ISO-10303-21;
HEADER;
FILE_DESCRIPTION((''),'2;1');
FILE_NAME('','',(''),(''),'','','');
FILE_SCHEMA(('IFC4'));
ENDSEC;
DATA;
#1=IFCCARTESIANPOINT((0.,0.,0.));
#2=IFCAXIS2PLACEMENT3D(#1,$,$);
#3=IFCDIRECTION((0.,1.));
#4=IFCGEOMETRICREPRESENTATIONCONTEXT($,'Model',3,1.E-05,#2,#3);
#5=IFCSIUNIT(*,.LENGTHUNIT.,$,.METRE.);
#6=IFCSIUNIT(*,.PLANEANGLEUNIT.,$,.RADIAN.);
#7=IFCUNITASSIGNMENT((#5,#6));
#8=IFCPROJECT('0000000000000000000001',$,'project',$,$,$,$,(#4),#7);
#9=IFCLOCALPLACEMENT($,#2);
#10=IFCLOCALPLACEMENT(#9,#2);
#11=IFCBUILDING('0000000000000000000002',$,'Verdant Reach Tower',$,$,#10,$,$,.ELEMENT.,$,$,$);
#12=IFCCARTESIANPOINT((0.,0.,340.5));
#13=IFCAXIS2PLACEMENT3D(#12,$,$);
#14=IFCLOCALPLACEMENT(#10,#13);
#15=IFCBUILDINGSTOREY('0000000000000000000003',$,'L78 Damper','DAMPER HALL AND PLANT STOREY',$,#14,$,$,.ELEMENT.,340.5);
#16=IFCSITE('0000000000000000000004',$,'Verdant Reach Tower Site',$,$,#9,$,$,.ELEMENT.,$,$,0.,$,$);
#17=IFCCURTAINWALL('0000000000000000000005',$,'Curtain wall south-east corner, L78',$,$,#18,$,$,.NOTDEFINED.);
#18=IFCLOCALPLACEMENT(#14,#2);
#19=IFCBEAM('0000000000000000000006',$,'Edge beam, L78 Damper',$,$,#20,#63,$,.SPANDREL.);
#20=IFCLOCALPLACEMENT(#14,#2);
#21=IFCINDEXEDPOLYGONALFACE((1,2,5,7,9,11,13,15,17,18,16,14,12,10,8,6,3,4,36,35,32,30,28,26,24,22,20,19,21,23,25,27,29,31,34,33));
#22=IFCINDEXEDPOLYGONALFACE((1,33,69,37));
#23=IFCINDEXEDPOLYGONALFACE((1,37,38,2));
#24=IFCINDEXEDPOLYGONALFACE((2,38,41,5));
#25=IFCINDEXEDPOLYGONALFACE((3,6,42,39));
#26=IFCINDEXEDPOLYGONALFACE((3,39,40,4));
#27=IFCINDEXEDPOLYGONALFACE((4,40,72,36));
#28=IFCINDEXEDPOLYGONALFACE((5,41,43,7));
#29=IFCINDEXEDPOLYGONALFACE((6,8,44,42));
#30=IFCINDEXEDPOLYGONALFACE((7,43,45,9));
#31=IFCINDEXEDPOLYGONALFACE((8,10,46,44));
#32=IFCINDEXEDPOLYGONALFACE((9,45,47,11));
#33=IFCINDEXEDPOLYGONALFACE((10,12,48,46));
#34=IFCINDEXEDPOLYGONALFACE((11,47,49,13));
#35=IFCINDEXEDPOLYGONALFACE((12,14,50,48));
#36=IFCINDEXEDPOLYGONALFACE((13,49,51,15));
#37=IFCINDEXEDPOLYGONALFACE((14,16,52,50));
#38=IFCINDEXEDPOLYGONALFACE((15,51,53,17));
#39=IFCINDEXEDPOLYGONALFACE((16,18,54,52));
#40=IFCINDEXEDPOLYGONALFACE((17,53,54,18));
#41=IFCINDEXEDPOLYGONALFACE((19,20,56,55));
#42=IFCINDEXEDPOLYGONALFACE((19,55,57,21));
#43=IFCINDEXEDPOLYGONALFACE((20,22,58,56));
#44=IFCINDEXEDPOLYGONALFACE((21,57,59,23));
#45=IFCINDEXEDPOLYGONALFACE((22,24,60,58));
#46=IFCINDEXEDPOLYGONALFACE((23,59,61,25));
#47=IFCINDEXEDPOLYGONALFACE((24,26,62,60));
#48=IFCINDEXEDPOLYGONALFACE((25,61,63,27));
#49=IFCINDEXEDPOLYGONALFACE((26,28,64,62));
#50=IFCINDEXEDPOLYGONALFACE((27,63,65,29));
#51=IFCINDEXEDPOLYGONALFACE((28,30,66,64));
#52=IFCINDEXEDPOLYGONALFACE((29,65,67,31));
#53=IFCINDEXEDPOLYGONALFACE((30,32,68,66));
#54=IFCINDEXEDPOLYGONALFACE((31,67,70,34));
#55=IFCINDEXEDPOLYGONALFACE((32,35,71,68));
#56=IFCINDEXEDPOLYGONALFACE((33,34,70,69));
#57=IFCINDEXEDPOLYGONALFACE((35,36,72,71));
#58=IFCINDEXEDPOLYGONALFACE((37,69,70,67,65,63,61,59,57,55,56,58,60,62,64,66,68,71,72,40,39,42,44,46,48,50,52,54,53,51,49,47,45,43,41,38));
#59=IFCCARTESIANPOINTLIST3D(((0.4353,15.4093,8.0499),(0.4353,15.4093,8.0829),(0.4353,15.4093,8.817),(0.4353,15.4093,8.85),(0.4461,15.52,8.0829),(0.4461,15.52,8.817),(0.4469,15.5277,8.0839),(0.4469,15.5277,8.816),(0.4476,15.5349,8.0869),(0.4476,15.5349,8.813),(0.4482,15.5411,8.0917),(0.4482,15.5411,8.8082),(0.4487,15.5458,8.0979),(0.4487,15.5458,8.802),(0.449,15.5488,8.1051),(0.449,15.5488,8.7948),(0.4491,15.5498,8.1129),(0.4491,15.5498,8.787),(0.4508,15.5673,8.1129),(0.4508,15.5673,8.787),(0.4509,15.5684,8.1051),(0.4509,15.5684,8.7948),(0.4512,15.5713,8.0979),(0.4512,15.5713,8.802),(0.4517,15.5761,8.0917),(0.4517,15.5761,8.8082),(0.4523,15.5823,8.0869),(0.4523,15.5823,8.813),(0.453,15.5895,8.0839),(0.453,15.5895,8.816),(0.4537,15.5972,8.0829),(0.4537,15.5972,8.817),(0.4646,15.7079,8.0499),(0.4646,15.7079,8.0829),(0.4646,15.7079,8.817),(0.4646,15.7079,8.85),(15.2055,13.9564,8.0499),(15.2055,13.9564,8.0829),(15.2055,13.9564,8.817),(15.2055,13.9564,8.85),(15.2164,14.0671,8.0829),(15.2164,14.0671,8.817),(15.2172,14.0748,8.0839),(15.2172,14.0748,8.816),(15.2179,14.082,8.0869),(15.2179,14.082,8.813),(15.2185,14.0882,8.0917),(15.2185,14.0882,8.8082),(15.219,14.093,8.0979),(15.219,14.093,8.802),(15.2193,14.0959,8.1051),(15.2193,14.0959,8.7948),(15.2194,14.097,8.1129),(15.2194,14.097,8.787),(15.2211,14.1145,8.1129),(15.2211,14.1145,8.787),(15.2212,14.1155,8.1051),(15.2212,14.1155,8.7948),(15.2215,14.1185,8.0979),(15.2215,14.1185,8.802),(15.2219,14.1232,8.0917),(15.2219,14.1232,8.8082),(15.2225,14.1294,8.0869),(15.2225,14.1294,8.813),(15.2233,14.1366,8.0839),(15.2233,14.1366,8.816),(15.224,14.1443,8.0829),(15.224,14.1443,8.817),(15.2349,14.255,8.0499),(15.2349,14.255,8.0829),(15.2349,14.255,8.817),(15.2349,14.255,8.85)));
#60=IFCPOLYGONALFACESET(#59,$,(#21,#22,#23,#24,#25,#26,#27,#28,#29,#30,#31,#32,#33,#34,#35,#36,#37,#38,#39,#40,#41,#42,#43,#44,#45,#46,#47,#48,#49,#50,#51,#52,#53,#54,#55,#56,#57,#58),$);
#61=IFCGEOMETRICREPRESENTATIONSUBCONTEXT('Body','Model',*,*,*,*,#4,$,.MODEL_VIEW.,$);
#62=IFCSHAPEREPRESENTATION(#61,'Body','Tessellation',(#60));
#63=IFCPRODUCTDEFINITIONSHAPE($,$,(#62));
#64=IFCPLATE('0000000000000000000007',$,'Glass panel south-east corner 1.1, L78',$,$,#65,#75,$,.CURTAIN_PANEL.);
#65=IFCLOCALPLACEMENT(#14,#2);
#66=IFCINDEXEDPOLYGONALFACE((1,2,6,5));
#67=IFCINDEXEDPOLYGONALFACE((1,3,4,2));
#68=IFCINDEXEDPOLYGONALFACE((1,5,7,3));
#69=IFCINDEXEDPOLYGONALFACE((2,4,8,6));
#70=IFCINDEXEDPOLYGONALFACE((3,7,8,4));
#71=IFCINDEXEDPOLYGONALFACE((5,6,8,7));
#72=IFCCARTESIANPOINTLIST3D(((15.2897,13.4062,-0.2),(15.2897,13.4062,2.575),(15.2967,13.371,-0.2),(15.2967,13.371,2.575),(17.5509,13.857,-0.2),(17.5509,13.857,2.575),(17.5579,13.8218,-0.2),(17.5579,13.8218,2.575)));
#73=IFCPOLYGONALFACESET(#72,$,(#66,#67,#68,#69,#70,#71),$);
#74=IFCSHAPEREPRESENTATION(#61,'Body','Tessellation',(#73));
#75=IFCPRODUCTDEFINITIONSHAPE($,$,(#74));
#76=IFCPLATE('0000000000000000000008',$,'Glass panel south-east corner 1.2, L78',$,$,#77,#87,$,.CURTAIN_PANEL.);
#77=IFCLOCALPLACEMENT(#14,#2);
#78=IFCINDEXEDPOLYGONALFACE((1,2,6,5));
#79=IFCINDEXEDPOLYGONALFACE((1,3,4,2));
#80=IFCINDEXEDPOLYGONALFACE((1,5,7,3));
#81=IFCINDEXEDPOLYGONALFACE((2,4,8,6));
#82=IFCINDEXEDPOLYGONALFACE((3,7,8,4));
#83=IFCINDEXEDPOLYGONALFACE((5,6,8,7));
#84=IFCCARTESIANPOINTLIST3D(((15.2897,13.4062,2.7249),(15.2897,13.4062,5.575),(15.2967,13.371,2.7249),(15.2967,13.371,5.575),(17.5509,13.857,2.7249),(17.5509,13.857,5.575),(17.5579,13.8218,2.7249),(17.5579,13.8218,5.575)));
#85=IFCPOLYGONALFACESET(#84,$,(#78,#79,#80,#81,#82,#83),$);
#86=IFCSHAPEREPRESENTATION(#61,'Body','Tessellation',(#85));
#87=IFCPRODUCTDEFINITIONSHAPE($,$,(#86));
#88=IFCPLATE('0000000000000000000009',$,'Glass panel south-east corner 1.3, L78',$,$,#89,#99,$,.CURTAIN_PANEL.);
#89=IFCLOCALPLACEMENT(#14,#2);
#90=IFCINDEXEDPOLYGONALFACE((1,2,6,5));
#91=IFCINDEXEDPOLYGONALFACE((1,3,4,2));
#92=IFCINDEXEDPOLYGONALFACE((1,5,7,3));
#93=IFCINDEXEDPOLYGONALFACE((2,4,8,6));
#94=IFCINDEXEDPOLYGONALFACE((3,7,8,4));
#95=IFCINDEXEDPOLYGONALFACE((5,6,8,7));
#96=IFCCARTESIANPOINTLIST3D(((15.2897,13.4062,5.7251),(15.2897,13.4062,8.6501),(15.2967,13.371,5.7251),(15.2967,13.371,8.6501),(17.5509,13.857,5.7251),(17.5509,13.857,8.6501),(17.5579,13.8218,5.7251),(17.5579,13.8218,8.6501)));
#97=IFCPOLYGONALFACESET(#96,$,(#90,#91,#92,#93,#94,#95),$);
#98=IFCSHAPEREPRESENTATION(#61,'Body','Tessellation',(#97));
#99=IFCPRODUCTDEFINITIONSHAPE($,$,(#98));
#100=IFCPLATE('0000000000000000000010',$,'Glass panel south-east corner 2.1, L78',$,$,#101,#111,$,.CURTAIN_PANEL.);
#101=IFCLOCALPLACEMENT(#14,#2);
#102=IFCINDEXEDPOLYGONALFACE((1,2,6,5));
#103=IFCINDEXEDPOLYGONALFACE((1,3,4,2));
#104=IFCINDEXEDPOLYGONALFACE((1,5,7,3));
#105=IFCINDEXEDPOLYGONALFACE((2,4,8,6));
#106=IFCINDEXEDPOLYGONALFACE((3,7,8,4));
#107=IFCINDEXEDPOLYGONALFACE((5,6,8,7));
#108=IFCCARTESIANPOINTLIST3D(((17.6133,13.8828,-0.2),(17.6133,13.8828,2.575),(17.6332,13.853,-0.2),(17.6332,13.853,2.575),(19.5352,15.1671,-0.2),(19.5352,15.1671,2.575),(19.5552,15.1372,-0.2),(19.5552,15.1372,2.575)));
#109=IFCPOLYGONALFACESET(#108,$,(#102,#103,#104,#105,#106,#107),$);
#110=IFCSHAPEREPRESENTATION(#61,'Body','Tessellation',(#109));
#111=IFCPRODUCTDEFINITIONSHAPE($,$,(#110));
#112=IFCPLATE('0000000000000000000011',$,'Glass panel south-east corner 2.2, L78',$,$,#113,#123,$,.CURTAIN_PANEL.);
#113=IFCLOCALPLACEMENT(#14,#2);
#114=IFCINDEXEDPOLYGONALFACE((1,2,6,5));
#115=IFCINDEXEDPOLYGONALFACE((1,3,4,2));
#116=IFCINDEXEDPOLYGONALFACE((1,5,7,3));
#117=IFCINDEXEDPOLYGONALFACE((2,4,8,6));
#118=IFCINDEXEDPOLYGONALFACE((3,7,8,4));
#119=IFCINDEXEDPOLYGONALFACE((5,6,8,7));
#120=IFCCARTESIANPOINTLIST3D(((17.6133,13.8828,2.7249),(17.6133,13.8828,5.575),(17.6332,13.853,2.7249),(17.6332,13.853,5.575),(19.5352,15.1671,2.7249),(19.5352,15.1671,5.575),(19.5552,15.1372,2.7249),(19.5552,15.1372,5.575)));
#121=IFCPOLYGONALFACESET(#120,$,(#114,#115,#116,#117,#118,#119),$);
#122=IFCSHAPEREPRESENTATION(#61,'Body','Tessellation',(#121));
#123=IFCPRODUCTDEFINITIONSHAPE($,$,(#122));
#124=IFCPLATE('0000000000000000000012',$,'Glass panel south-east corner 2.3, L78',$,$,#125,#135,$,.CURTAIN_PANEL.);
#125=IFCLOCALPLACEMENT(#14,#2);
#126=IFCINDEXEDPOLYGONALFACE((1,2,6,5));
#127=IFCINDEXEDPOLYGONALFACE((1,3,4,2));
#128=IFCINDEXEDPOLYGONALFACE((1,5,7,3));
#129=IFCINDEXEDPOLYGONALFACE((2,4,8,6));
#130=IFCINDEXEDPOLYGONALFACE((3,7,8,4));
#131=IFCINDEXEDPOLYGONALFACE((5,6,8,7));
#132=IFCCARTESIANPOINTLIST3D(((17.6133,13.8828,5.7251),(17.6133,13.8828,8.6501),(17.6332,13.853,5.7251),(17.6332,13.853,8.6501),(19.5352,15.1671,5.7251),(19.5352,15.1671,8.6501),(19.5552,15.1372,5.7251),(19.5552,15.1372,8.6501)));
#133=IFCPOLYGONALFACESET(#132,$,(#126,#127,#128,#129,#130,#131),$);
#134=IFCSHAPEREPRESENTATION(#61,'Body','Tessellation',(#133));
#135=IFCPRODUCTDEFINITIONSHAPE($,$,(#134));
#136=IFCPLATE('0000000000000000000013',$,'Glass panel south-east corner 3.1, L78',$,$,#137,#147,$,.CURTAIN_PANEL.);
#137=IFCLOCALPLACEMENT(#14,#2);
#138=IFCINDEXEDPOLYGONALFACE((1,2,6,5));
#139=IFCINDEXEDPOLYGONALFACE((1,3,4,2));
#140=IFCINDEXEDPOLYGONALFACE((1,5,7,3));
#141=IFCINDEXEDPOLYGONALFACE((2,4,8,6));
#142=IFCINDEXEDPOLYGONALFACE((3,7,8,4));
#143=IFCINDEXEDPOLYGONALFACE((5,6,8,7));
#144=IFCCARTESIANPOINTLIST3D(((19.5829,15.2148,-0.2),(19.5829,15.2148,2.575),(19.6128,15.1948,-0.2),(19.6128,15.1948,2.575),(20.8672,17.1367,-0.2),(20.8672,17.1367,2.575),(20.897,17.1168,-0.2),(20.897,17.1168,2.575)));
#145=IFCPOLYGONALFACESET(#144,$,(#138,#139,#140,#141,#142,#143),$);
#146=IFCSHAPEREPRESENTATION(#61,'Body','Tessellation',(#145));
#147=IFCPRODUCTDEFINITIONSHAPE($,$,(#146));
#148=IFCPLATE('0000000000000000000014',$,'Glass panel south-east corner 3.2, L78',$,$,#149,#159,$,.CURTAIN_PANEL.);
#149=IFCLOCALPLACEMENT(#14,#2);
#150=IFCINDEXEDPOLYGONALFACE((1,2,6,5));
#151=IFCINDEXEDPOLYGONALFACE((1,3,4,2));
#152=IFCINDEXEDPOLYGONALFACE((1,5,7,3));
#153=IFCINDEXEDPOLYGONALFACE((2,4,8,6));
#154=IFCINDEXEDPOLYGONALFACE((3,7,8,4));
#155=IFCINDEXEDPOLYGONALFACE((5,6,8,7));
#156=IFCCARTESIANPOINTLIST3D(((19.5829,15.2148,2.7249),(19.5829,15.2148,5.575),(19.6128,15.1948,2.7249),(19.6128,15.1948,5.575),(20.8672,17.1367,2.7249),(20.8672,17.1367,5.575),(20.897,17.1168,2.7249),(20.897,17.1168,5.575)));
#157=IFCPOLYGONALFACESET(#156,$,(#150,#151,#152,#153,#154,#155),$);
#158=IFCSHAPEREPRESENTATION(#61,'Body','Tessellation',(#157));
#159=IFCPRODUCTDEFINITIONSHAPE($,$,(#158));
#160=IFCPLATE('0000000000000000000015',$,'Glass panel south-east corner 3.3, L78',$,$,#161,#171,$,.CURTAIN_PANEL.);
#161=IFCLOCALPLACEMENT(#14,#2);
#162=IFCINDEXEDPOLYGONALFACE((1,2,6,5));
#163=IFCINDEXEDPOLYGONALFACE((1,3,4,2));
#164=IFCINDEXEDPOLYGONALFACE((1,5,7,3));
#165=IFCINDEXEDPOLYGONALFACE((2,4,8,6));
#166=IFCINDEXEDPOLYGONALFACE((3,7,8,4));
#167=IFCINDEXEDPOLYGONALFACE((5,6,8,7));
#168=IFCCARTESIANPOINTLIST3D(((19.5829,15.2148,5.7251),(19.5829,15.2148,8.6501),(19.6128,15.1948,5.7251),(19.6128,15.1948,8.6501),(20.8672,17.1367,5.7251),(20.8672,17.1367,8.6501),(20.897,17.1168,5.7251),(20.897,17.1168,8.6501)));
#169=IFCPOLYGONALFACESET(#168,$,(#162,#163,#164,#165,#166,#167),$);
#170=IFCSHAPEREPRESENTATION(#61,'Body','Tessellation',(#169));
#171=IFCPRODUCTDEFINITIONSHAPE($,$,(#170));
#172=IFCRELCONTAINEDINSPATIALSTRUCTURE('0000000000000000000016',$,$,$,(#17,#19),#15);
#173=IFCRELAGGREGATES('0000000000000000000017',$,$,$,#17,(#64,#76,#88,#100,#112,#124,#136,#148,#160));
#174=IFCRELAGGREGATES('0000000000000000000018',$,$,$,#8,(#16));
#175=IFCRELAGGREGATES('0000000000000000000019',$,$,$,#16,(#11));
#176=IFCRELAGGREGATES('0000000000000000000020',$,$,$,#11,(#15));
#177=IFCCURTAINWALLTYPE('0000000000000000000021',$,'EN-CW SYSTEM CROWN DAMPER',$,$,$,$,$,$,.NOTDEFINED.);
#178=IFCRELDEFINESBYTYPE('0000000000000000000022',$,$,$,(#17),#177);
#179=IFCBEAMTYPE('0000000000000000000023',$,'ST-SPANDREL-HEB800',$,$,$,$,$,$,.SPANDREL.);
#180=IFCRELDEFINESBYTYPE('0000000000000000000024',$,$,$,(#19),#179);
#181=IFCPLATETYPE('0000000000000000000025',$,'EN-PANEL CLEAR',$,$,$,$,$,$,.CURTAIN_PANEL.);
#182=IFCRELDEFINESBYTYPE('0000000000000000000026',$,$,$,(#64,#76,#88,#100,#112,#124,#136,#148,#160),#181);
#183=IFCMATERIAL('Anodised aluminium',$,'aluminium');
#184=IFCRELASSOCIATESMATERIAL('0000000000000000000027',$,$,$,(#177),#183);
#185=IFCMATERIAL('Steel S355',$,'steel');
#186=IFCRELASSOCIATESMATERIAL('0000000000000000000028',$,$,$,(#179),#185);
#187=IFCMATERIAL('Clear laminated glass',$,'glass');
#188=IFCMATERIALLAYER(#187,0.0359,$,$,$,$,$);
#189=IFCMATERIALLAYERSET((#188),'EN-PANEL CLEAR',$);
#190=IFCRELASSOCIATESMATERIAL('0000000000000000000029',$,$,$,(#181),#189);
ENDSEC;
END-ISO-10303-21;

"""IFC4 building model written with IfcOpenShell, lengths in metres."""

from ifc_helpers import new_model, si_unit, direction, frame, origin, origin_2d, place, context, subcontext, project, spatial, rectangle, i_section, extrude, material, layer, layer_set, material_profile, profile_set, type_object, element, aggregate, save


model = new_model("IFC4")

# Units and contexts
model_context = context("Model", 3, precision=1e-05, world=origin(), true_north=direction((0.0, 1.0)))
body_context = subcontext(model_context, "Body", "Model", "MODEL_VIEW")
ifc_project = project(units=[si_unit("LENGTHUNIT", "METRE"), si_unit("PLANEANGLEUNIT", "RADIAN")], contexts=[model_context])

# Site, building, storey
site_placement = place(None, origin())
site = spatial("IfcSite", under=ifc_project, at=site_placement, Name="Verdant Reach Tower Site", CompositionType="ELEMENT", RefElevation=0.0)
building_placement = place(site_placement, origin())
building = spatial("IfcBuilding", under=site, at=building_placement, Name="Verdant Reach Tower", CompositionType="ELEMENT")
storey_placement = place(building_placement, frame((0.0, 0.0, 340.5)))
storey = spatial("IfcBuildingStorey", under=building, at=storey_placement, Name="L78 Damper", Description="DAMPER HALL AND PLANT STOREY", CompositionType="ELEMENT", Elevation=340.5)

# Curtain wall
ifc_material_1 = material(Name="Anodised aluminium", Category="aluminium")
curtain_wall_type = type_object("IfcCurtainWallType", Name="EN-CW SYSTEM CROWN DAMPER", PredefinedType="NOTDEFINED", material=ifc_material_1)
curtain_wall_placement = place(storey_placement, origin())
curtain_wall = element("IfcCurtainWall", 1, at=curtain_wall_placement, inside=storey, type_object=curtain_wall_type, Name="Curtain wall south-east corner, L78", PredefinedType="NOTDEFINED")

# Beam
ifc_material_2 = material(Name="Steel S355", Category="steel")
ifc_material_profile_1 = material_profile(ifc_material_2, i_section(OverallWidth=0.3, OverallDepth=0.8, WebThickness=0.0176, FlangeThickness=0.033, FilletRadius=0.03, at=origin_2d()), Name="HEB 800")
ifc_profile_set_1 = profile_set([ifc_material_profile_1], Name="Steel S355")
beam_type_1 = type_object("IfcBeamType", Name="ST-SPANDREL-HEB800", PredefinedType="SPANDREL", material=ifc_profile_set_1)
beam_1_placement = place(storey_placement, frame((15.2202, 14.1057, 8.45), z_axis=(-0.995197, 0.097893, 0.0), x_axis=(-0.097893, -0.995197, 0.0)))
element("IfcBeam", 2, at=beam_1_placement, inside=storey, type_object=beam_type_1, Name="Edge beam, L78 Damper", PredefinedType="SPANDREL", context=body_context, shape_type="SweptSolid", body=[
    extrude(i_section(OverallWidth=0.3, OverallDepth=0.8, WebThickness=0.0176, FlangeThickness=0.033, FilletRadius=0.03, at=origin_2d()), origin(), (0.0, 0.0, 1.0), 14.8416),
])

# Plates
ifc_material_3 = material(Name="Clear laminated glass", Category="glass")
ifc_layer_1 = layer(ifc_material_3, 0.0359)
ifc_layer_set_1 = layer_set([ifc_layer_1], Name="EN-PANEL CLEAR")
plate_type = type_object("IfcPlateType", Name="EN-PANEL CLEAR", PredefinedType="CURTAIN_PANEL", material=ifc_layer_set_1)
plate_1_placement = place(storey_placement, frame((16.4238, 13.614, -0.2), z_axis=(0.0, 0.0, 1.0), x_axis=(0.980705, 0.195493, 0.0)))
plate_1 = element("IfcPlate", 3, at=plate_1_placement, type_object=plate_type, Name="Glass panel south-east corner 1.1, L78", PredefinedType="CURTAIN_PANEL", context=body_context, shape_type="SweptSolid", body=[
    extrude(rectangle(XDim=2.3057, YDim=0.0359, at=origin_2d()), origin(), (0.0, 0.0, 1.0), 2.7749),
])
plate_2_placement = place(storey_placement, frame((16.4238, 13.614, 2.7249), z_axis=(0.0, 0.0, 1.0), x_axis=(0.980705, 0.195493, 0.0)))
plate_2 = element("IfcPlate", 4, at=plate_2_placement, type_object=plate_type, Name="Glass panel south-east corner 1.2, L78", PredefinedType="CURTAIN_PANEL", context=body_context, shape_type="SweptSolid", body=[
    extrude(rectangle(XDim=2.3057, YDim=0.0359, at=origin_2d()), origin(), (0.0, 0.0, 1.0), 2.8501),
])
plate_3_placement = place(storey_placement, frame((16.4238, 13.614, 5.7251), z_axis=(0.0, 0.0, 1.0), x_axis=(0.980705, 0.195493, 0.0)))
plate_3 = element("IfcPlate", 5, at=plate_3_placement, type_object=plate_type, Name="Glass panel south-east corner 1.3, L78", PredefinedType="CURTAIN_PANEL", context=body_context, shape_type="SweptSolid", body=[
    extrude(rectangle(XDim=2.3057, YDim=0.0359, at=origin_2d()), origin(), (0.0, 0.0, 1.0), 2.925),
])
plate_4_placement = place(storey_placement, frame((18.5842, 14.51, -0.2), z_axis=(0.0, 0.0, 1.0), x_axis=(0.831452, 0.555596, 0.0)))
plate_4 = element("IfcPlate", 6, at=plate_4_placement, type_object=plate_type, Name="Glass panel south-east corner 2.1, L78", PredefinedType="CURTAIN_PANEL", context=body_context, shape_type="SweptSolid", body=[
    extrude(rectangle(XDim=2.3115, YDim=0.0359, at=origin_2d()), origin(), (0.0, 0.0, 1.0), 2.7749),
])
plate_5_placement = place(storey_placement, frame((18.5842, 14.51, 2.7249), z_axis=(0.0, 0.0, 1.0), x_axis=(0.831452, 0.555596, 0.0)))
plate_5 = element("IfcPlate", 7, at=plate_5_placement, type_object=plate_type, Name="Glass panel south-east corner 2.2, L78", PredefinedType="CURTAIN_PANEL", context=body_context, shape_type="SweptSolid", body=[
    extrude(rectangle(XDim=2.3115, YDim=0.0359, at=origin_2d()), origin(), (0.0, 0.0, 1.0), 2.8501),
])
plate_6_placement = place(storey_placement, frame((18.5842, 14.51, 5.7251), z_axis=(0.0, 0.0, 1.0), x_axis=(0.831452, 0.555596, 0.0)))
plate_6 = element("IfcPlate", 8, at=plate_6_placement, type_object=plate_type, Name="Glass panel south-east corner 2.3, L78", PredefinedType="CURTAIN_PANEL", context=body_context, shape_type="SweptSolid", body=[
    extrude(rectangle(XDim=2.3115, YDim=0.0359, at=origin_2d()), origin(), (0.0, 0.0, 1.0), 2.925),
])
plate_7_placement = place(storey_placement, frame((20.24, 16.1658, -0.2), z_axis=(0.0, 0.0, 1.0), x_axis=(0.555596, 0.831452, 0.0)))
plate_7 = element("IfcPlate", 9, at=plate_7_placement, type_object=plate_type, Name="Glass panel south-east corner 3.1, L78", PredefinedType="CURTAIN_PANEL", context=body_context, shape_type="SweptSolid", body=[
    extrude(rectangle(XDim=2.3115, YDim=0.0359, at=origin_2d()), origin(), (0.0, 0.0, 1.0), 2.7749),
])
plate_8_placement = place(storey_placement, frame((20.24, 16.1658, 2.7249), z_axis=(0.0, 0.0, 1.0), x_axis=(0.555596, 0.831452, 0.0)))
plate_8 = element("IfcPlate", 10, at=plate_8_placement, type_object=plate_type, Name="Glass panel south-east corner 3.2, L78", PredefinedType="CURTAIN_PANEL", context=body_context, shape_type="SweptSolid", body=[
    extrude(rectangle(XDim=2.3115, YDim=0.0359, at=origin_2d()), origin(), (0.0, 0.0, 1.0), 2.8501),
])
plate_9_placement = place(storey_placement, frame((20.24, 16.1658, 5.7251), z_axis=(0.0, 0.0, 1.0), x_axis=(0.555596, 0.831452, 0.0)))
plate_9 = element("IfcPlate", 11, at=plate_9_placement, type_object=plate_type, Name="Glass panel south-east corner 3.3, L78", PredefinedType="CURTAIN_PANEL", context=body_context, shape_type="SweptSolid", body=[
    extrude(rectangle(XDim=2.3115, YDim=0.0359, at=origin_2d()), origin(), (0.0, 0.0, 1.0), 2.925),
])
aggregate(curtain_wall, [plate_1, plate_2, plate_3, plate_4, plate_5, plate_6, plate_7, plate_8, plate_9])

save(model, "model.ifc")
